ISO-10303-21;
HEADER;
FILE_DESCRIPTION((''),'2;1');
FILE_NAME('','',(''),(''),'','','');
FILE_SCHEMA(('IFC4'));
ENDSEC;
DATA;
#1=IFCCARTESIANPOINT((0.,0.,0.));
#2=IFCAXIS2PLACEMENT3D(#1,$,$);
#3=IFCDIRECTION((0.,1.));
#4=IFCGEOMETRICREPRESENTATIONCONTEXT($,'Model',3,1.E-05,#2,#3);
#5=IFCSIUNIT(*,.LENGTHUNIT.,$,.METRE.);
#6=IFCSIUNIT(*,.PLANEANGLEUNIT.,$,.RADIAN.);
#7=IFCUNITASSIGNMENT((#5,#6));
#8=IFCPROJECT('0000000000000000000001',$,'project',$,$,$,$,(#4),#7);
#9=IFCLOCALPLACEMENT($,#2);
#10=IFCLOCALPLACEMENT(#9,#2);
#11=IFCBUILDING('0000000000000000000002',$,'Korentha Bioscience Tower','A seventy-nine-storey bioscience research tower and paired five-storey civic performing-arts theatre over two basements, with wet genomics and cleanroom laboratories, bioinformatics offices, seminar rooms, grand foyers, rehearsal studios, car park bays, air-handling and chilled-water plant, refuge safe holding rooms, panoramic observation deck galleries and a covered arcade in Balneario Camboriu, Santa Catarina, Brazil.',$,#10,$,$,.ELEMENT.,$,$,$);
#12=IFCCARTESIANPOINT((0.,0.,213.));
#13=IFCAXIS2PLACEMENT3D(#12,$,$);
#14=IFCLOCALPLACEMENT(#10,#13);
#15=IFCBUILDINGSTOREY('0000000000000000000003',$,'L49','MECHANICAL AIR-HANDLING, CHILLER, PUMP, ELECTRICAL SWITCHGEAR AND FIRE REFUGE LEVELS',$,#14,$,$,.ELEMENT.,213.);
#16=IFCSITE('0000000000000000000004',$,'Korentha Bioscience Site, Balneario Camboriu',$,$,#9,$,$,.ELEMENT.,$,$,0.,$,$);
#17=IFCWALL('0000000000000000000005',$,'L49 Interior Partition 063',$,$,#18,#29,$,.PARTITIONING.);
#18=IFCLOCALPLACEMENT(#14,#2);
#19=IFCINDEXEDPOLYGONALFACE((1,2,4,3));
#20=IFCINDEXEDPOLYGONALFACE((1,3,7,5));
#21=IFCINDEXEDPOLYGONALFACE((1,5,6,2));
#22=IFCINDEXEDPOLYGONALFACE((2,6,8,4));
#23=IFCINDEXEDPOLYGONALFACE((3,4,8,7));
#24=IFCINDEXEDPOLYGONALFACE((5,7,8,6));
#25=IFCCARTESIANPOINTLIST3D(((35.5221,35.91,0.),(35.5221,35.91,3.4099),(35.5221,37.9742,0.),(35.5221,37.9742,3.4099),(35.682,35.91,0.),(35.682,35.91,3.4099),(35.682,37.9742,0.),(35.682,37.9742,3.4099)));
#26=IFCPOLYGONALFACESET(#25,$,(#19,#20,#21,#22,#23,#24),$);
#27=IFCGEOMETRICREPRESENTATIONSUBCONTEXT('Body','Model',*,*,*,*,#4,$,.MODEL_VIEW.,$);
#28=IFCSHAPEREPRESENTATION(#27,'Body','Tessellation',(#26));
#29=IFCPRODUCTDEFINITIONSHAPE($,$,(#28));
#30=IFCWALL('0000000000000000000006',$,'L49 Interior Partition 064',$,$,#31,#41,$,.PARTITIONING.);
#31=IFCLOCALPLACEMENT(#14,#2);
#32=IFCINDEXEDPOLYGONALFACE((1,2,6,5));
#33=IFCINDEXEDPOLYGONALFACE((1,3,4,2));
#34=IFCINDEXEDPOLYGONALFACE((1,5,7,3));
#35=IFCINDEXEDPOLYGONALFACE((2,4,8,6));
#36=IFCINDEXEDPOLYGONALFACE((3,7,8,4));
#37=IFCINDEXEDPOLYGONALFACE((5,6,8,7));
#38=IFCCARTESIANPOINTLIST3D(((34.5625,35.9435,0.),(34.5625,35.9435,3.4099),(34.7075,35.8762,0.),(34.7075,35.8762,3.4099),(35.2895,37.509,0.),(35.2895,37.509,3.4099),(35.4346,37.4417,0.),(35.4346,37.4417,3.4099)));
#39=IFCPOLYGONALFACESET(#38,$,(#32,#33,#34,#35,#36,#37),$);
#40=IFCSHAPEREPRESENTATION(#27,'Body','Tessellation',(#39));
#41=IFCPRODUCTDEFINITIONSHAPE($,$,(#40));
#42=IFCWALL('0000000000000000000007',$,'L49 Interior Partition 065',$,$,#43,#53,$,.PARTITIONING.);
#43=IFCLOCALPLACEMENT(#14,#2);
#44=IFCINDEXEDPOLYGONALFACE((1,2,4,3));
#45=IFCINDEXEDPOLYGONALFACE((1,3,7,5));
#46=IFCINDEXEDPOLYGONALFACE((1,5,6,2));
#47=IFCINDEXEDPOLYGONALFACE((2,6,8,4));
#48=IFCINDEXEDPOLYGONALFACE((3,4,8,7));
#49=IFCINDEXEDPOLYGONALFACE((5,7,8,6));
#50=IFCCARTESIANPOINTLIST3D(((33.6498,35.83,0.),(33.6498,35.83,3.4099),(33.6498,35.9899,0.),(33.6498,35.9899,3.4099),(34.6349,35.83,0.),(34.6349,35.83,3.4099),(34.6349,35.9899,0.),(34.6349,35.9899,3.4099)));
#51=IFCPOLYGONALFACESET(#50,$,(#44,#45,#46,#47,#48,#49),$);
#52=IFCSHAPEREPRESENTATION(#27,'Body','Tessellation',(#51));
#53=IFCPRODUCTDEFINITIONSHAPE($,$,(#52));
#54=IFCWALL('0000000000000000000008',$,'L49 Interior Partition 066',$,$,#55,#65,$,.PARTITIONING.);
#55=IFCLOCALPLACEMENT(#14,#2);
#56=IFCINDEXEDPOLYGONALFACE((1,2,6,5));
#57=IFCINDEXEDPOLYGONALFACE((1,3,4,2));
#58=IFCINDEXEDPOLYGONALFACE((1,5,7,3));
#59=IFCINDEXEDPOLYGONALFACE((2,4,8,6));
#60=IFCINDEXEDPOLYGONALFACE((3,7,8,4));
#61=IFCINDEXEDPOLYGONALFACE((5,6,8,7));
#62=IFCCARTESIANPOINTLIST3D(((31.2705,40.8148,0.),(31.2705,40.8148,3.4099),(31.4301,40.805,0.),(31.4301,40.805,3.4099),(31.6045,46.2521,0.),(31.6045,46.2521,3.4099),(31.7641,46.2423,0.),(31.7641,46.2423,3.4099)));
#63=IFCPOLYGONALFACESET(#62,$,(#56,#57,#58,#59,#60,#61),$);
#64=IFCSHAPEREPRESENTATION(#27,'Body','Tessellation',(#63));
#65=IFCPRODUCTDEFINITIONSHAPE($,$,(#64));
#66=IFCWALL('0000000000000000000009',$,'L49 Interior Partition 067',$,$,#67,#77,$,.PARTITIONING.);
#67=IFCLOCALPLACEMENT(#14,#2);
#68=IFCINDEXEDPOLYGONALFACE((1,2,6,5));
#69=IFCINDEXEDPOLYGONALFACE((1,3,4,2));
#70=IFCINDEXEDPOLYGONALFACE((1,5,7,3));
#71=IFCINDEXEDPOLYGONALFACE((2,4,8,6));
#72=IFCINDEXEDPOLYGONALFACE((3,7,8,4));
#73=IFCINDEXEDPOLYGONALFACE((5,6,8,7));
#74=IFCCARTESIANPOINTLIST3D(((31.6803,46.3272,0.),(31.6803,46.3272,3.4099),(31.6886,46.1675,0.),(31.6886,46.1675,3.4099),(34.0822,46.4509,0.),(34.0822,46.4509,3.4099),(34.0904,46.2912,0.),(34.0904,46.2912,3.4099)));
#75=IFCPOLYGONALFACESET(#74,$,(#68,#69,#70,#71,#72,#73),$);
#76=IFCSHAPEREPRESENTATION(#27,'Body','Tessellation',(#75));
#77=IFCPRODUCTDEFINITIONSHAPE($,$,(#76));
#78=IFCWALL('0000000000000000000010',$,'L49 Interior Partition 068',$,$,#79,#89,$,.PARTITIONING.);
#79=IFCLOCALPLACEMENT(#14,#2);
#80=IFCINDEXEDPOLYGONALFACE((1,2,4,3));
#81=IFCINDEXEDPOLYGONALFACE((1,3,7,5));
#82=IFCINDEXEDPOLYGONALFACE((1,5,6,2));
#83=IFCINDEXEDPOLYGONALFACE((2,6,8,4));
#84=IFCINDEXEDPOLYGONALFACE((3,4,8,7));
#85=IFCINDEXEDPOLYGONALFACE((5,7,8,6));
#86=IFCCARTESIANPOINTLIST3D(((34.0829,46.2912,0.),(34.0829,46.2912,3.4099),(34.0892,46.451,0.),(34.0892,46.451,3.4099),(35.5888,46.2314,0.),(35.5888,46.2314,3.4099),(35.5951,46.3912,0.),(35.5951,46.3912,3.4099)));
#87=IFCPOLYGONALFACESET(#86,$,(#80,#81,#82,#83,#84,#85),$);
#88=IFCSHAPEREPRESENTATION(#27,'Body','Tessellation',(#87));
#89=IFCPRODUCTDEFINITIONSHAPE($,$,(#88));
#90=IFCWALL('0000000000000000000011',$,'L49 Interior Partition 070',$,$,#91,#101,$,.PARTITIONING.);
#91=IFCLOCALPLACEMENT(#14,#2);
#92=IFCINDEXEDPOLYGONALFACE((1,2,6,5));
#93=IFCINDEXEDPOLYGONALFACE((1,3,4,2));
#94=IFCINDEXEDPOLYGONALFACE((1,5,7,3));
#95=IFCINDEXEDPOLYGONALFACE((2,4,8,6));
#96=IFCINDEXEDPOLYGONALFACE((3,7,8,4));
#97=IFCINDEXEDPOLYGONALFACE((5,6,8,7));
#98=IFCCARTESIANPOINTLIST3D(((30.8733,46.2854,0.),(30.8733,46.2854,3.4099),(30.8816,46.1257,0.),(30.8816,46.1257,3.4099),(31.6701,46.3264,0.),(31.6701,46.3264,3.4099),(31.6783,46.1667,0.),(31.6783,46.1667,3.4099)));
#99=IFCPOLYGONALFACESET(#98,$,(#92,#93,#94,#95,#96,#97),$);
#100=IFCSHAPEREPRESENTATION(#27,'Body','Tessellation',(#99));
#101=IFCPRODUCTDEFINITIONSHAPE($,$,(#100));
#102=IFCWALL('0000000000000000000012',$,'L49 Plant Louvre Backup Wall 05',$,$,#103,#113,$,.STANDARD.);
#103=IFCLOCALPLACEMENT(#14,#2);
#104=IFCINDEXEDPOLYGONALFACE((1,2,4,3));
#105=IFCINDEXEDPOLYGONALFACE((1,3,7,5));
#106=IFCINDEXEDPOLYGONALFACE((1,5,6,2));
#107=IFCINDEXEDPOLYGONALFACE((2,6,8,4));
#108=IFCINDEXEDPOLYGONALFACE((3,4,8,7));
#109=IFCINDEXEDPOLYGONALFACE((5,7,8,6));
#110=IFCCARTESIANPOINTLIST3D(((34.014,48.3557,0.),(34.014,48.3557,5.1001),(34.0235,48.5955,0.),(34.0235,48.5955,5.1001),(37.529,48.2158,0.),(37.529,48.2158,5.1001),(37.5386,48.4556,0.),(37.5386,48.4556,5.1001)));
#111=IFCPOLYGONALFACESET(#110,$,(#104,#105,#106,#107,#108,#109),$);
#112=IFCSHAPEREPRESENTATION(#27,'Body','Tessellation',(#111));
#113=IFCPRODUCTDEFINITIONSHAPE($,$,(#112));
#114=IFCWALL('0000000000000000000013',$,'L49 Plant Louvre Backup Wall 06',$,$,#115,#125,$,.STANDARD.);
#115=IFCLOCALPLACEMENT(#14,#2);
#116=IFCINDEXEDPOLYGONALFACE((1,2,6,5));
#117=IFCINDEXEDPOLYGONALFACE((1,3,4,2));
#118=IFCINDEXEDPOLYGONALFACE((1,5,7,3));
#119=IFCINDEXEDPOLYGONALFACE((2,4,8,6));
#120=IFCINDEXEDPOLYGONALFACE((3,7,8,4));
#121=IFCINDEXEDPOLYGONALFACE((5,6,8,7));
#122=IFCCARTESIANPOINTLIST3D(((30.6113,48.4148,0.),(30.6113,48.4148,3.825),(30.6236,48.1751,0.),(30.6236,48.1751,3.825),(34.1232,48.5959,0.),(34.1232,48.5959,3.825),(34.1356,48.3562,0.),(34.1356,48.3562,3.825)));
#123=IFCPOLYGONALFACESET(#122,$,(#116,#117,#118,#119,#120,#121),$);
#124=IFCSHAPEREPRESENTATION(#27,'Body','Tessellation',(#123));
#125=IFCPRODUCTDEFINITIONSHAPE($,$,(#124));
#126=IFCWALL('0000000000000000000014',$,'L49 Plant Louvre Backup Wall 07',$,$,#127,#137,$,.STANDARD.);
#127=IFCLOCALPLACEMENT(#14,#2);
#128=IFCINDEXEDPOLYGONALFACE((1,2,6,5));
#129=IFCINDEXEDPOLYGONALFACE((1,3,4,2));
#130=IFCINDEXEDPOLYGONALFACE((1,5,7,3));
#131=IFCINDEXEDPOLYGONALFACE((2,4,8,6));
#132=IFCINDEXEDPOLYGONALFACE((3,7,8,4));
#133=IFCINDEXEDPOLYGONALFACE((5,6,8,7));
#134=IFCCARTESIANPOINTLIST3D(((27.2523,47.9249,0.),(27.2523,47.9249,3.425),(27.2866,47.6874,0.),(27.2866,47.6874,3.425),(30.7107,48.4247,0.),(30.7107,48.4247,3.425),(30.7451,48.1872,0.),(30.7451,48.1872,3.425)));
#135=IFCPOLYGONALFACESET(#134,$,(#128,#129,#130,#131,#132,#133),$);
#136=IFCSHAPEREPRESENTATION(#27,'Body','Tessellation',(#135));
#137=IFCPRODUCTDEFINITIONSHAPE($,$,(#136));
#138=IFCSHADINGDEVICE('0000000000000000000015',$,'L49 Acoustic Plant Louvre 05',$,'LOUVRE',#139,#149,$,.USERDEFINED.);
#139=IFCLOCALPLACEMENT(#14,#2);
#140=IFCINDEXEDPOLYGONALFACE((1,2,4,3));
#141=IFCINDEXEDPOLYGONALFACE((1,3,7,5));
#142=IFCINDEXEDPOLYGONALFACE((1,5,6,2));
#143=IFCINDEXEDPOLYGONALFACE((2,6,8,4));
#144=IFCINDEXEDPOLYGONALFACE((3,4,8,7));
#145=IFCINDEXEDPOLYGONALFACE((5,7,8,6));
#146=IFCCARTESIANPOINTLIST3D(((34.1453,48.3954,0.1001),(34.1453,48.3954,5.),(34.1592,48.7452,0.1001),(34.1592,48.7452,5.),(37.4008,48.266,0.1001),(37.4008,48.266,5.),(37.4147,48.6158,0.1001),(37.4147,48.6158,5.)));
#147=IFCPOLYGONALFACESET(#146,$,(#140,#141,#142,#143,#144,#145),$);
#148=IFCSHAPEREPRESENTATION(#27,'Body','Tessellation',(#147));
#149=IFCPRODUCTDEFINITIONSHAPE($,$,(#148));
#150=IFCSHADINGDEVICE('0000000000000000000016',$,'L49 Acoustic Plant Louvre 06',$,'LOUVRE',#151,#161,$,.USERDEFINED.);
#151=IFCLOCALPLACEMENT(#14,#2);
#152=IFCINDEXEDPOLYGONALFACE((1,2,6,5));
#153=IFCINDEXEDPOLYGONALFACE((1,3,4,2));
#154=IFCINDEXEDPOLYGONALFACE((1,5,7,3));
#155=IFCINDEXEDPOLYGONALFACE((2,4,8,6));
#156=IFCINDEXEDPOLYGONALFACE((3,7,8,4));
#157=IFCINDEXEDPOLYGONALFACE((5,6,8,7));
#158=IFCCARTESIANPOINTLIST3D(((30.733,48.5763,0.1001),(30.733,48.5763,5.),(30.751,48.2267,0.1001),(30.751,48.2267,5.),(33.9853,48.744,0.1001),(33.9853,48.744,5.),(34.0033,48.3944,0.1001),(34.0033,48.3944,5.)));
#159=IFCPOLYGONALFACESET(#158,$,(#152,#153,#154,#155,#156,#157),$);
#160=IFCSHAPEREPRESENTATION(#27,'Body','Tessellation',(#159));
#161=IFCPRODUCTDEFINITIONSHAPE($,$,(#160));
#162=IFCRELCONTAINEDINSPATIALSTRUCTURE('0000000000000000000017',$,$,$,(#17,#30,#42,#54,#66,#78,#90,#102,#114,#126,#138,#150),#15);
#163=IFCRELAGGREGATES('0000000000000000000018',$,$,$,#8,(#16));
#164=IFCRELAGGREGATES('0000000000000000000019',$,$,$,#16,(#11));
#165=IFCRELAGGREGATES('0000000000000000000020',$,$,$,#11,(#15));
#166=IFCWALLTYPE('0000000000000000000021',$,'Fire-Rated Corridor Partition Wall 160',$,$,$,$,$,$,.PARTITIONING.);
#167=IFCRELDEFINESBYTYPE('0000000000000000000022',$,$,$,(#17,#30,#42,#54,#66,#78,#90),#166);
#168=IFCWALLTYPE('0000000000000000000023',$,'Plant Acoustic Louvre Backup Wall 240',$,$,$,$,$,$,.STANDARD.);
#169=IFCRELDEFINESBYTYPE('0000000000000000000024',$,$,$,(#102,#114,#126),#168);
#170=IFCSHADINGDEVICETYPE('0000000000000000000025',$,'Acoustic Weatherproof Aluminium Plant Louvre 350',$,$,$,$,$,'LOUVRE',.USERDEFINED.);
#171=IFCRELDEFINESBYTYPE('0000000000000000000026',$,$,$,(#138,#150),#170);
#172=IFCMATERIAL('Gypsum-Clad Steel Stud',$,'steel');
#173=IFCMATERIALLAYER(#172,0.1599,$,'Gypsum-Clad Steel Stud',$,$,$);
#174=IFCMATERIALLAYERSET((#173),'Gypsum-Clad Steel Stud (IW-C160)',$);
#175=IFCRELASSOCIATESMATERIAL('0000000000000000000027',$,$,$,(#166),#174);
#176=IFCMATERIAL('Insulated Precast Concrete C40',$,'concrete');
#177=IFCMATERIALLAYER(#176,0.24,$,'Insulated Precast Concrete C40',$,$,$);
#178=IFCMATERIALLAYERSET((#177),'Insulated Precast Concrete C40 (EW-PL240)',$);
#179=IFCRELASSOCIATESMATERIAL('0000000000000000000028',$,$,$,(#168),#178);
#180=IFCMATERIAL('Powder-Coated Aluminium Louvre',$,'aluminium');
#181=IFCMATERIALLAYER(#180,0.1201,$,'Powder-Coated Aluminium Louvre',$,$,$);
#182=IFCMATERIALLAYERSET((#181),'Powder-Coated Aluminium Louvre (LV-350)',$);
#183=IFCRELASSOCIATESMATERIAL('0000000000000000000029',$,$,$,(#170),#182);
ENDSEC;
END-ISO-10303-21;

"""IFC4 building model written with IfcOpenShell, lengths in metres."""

from ifc_helpers import new_model, si_unit, direction, frame, frame_2d, origin, origin_2d, place, context, subcontext, project, spatial, rectangle, extrude, material, layer, layer_set, type_object, element, save


model = new_model("IFC4")

# Units and contexts
model_context = context("Model", 3, precision=1e-05, world=origin(), true_north=direction((0.0, 1.0)))
body_context = subcontext(model_context, "Body", "Model", "MODEL_VIEW")
ifc_project = project(units=[si_unit("LENGTHUNIT", "METRE"), si_unit("PLANEANGLEUNIT", "RADIAN")], contexts=[model_context])

# Site, building, storey
site_placement = place(None, origin())
site = spatial("IfcSite", under=ifc_project, at=site_placement, Name="Korentha Bioscience Site, Balneario Camboriu", CompositionType="ELEMENT", RefElevation=0.0)
building_placement = place(site_placement, origin())
building = spatial("IfcBuilding", under=site, at=building_placement, Name="Korentha Bioscience Tower", Description="A seventy-nine-storey bioscience research tower and paired five-storey civic performing-arts theatre over two basements, with wet genomics and cleanroom laboratories, bioinformatics offices, seminar rooms, grand foyers, rehearsal studios, car park bays, air-handling and chilled-water plant, refuge safe holding rooms, panoramic observation deck galleries and a covered arcade in Balneario Camboriu, Santa Catarina, Brazil.", CompositionType="ELEMENT")
storey_placement = place(building_placement, frame((0.0, 0.0, 213.0)))
storey = spatial("IfcBuildingStorey", under=building, at=storey_placement, Name="L49", Description="MECHANICAL AIR-HANDLING, CHILLER, PUMP, ELECTRICAL SWITCHGEAR AND FIRE REFUGE LEVELS", CompositionType="ELEMENT", Elevation=213.0)

# Shared definitions
ifc_material_1 = material(Name="Gypsum-Clad Steel Stud", Category="steel")
ifc_layer_1 = layer(ifc_material_1, 0.1599, Name="Gypsum-Clad Steel Stud")
ifc_layer_set_1 = layer_set([ifc_layer_1], Name="Gypsum-Clad Steel Stud (IW-C160)")
wall_type_1 = type_object("IfcWallType", Name="Fire-Rated Corridor Partition Wall 160", PredefinedType="PARTITIONING", material=ifc_layer_set_1)

# Walls
wall_1_placement = place(storey_placement, frame((35.6021, 35.9099, 0.0), z_axis=(0.0, 0.0, 1.0), x_axis=(0.0, 1.0, 0.0)))
element("IfcWall", 1, at=wall_1_placement, inside=storey, type_object=wall_type_1, Name="L49 Interior Partition 063", PredefinedType="PARTITIONING", context=body_context, shape_type="SweptSolid", body=[
    extrude(rectangle(XDim=2.0642, YDim=0.1599, at=frame_2d((1.0322, 0.0))), origin(), (0.0, 0.0, 1.0), 3.4099),
])
wall_2_placement = place(storey_placement, frame((35.3621, 37.4753, 0.0), z_axis=(0.0, 0.0, 1.0), x_axis=(-0.421228, -0.906955, 0.0)))
element("IfcWall", 2, at=wall_2_placement, inside=storey, type_object=wall_type_1, Name="L49 Interior Partition 064", PredefinedType="PARTITIONING", context=body_context, shape_type="SweptSolid", body=[
    extrude(rectangle(XDim=1.7261, YDim=0.1599, at=frame_2d((0.863, 0.0))), origin(), (0.0, 0.0, 1.0), 3.4099),
])
wall_3_placement = place(storey_placement, frame((34.635, 35.9099, 0.0), z_axis=(0.0, 0.0, 1.0), x_axis=(-1.0, 0.0, 0.0)))
element("IfcWall", 3, at=wall_3_placement, inside=storey, type_object=wall_type_1, Name="L49 Interior Partition 065", PredefinedType="PARTITIONING", context=body_context, shape_type="SweptSolid", body=[
    extrude(rectangle(XDim=0.9851, YDim=0.1599, at=frame_2d((0.4927, 0.0))), origin(), (0.0, 0.0, 1.0), 3.4099),
])
wall_4_placement = place(storey_placement, frame((31.3503, 40.8101, 0.0), z_axis=(0.0, 0.0, 1.0), x_axis=(0.06131, 0.998119, 0.0)))
element("IfcWall", 4, at=wall_4_placement, inside=storey, type_object=wall_type_1, Name="L49 Interior Partition 066", PredefinedType="PARTITIONING", context=body_context, shape_type="SweptSolid", body=[
    extrude(rectangle(XDim=5.4475, YDim=0.1599, at=frame_2d((2.7236, 0.0))), origin(), (0.0, 0.0, 1.0), 3.4099),
])
wall_5_placement = place(storey_placement, frame((31.6843, 46.2473, 0.0), z_axis=(0.0, 0.0, 1.0), x_axis=(0.998675, 0.051467, 0.0)))
element("IfcWall", 5, at=wall_5_placement, inside=storey, type_object=wall_type_1, Name="L49 Interior Partition 067", PredefinedType="PARTITIONING", context=body_context, shape_type="SweptSolid", body=[
    extrude(rectangle(XDim=2.405, YDim=0.1599, at=frame_2d((1.2026, 0.0))), origin(), (0.0, 0.0, 1.0), 3.4099),
])
wall_6_placement = place(storey_placement, frame((34.0862, 46.3711, 0.0), z_axis=(0.0, 0.0, 1.0), x_axis=(0.999212, -0.03969, 0.0)))
element("IfcWall", 6, at=wall_6_placement, inside=storey, type_object=wall_type_1, Name="L49 Interior Partition 068", PredefinedType="PARTITIONING", context=body_context, shape_type="SweptSolid", body=[
    extrude(rectangle(XDim=1.5071, YDim=0.1599, at=frame_2d((0.7534, 0.0))), origin(), (0.0, 0.0, 1.0), 3.4099),
])
wall_7_placement = place(storey_placement, frame((30.8774, 46.2056, 0.0), z_axis=(0.0, 0.0, 1.0), x_axis=(0.998678, 0.051403, 0.0)))
element("IfcWall", 7, at=wall_7_placement, inside=storey, type_object=wall_type_1, Name="L49 Interior Partition 070", PredefinedType="PARTITIONING", context=body_context, shape_type="SweptSolid", body=[
    extrude(rectangle(XDim=0.7979, YDim=0.1599, at=frame_2d((0.3989, 0.0))), origin(), (0.0, 0.0, 1.0), 3.4099),
])
ifc_material_2 = material(Name="Insulated Precast Concrete C40", Category="concrete")
ifc_layer_2 = layer(ifc_material_2, 0.24, Name="Insulated Precast Concrete C40")
ifc_layer_set_2 = layer_set([ifc_layer_2], Name="Insulated Precast Concrete C40 (EW-PL240)")
wall_type_2 = type_object("IfcWallType", Name="Plant Acoustic Louvre Backup Wall 240", PredefinedType="STANDARD", material=ifc_layer_set_2)
wall_8_placement = place(storey_placement, frame((37.5337, 48.3357, 0.0), z_axis=(0.0, 0.0, 1.0), x_axis=(-0.999209, 0.039766, 0.0)))
element("IfcWall", 8, at=wall_8_placement, inside=storey, type_object=wall_type_2, Name="L49 Plant Louvre Backup Wall 05", PredefinedType="STANDARD", context=body_context, shape_type="SweptSolid", body=[
    extrude(rectangle(XDim=3.5178, YDim=0.24, at=frame_2d((1.7588, 0.0))), origin(), (0.0, 0.0, 1.0), 5.1001),
])
wall_9_placement = place(storey_placement, frame((34.1294, 48.4761, 0.0), z_axis=(0.0, 0.0, 1.0), x_axis=(-0.998672, -0.051513, 0.0)))
element("IfcWall", 9, at=wall_9_placement, inside=storey, type_object=wall_type_2, Name="L49 Plant Louvre Backup Wall 06", PredefinedType="STANDARD", context=body_context, shape_type="SweptSolid", body=[
    extrude(rectangle(XDim=3.5166, YDim=0.24, at=frame_2d((1.7583, 0.0))), origin(), (0.0, 0.0, 1.0), 3.825),
])
wall_10_placement = place(storey_placement, frame((30.7278, 48.3059, 0.0), z_axis=(0.0, 0.0, 1.0), x_axis=(-0.98972, -0.143016, 0.0)))
element("IfcWall", 10, at=wall_10_placement, inside=storey, type_object=wall_type_2, Name="L49 Plant Louvre Backup Wall 07", PredefinedType="STANDARD", context=body_context, shape_type="SweptSolid", body=[
    extrude(rectangle(XDim=3.4944, YDim=0.24, at=frame_2d((1.7471, 0.0))), origin(), (0.0, 0.0, 1.0), 3.425),
])

# Shading devices
ifc_material_3 = material(Name="Powder-Coated Aluminium Louvre", Category="aluminium")
ifc_layer_3 = layer(ifc_material_3, 0.1201, Name="Powder-Coated Aluminium Louvre")
ifc_layer_set_3 = layer_set([ifc_layer_3], Name="Powder-Coated Aluminium Louvre (LV-350)")
shading_device_type = type_object("IfcShadingDeviceType", Name="Acoustic Weatherproof Aluminium Plant Louvre 350", ElementType="LOUVRE", PredefinedType="USERDEFINED", material=ifc_layer_set_3)
shading_device_1_placement = place(storey_placement, frame((35.78, 48.5056, 0.1001), z_axis=(0.0, 0.0, 1.0), x_axis=(-0.99921, 0.039731, 0.0)))
element("IfcShadingDevice", 11, at=shading_device_1_placement, inside=storey, type_object=shading_device_type, Name="L49 Acoustic Plant Louvre 05", ObjectType="LOUVRE", PredefinedType="USERDEFINED", context=body_context, shape_type="SweptSolid", body=[
    extrude(rectangle(XDim=3.2581, YDim=0.3501, at=origin_2d()), origin(), (0.0, 0.0, 1.0), 4.8999),
])
shading_device_2_placement = place(storey_placement, frame((32.3682, 48.4854, 0.1001), z_axis=(0.0, 0.0, 1.0), x_axis=(-0.998672, -0.051514, 0.0)))
element("IfcShadingDevice", 12, at=shading_device_2_placement, inside=storey, type_object=shading_device_type, Name="L49 Acoustic Plant Louvre 06", ObjectType="LOUVRE", PredefinedType="USERDEFINED", context=body_context, shape_type="SweptSolid", body=[
    extrude(rectangle(XDim=3.2566, YDim=0.3501, at=origin_2d()), origin(), (0.0, 0.0, 1.0), 4.8999),
])

save(model, "model.ifc")
